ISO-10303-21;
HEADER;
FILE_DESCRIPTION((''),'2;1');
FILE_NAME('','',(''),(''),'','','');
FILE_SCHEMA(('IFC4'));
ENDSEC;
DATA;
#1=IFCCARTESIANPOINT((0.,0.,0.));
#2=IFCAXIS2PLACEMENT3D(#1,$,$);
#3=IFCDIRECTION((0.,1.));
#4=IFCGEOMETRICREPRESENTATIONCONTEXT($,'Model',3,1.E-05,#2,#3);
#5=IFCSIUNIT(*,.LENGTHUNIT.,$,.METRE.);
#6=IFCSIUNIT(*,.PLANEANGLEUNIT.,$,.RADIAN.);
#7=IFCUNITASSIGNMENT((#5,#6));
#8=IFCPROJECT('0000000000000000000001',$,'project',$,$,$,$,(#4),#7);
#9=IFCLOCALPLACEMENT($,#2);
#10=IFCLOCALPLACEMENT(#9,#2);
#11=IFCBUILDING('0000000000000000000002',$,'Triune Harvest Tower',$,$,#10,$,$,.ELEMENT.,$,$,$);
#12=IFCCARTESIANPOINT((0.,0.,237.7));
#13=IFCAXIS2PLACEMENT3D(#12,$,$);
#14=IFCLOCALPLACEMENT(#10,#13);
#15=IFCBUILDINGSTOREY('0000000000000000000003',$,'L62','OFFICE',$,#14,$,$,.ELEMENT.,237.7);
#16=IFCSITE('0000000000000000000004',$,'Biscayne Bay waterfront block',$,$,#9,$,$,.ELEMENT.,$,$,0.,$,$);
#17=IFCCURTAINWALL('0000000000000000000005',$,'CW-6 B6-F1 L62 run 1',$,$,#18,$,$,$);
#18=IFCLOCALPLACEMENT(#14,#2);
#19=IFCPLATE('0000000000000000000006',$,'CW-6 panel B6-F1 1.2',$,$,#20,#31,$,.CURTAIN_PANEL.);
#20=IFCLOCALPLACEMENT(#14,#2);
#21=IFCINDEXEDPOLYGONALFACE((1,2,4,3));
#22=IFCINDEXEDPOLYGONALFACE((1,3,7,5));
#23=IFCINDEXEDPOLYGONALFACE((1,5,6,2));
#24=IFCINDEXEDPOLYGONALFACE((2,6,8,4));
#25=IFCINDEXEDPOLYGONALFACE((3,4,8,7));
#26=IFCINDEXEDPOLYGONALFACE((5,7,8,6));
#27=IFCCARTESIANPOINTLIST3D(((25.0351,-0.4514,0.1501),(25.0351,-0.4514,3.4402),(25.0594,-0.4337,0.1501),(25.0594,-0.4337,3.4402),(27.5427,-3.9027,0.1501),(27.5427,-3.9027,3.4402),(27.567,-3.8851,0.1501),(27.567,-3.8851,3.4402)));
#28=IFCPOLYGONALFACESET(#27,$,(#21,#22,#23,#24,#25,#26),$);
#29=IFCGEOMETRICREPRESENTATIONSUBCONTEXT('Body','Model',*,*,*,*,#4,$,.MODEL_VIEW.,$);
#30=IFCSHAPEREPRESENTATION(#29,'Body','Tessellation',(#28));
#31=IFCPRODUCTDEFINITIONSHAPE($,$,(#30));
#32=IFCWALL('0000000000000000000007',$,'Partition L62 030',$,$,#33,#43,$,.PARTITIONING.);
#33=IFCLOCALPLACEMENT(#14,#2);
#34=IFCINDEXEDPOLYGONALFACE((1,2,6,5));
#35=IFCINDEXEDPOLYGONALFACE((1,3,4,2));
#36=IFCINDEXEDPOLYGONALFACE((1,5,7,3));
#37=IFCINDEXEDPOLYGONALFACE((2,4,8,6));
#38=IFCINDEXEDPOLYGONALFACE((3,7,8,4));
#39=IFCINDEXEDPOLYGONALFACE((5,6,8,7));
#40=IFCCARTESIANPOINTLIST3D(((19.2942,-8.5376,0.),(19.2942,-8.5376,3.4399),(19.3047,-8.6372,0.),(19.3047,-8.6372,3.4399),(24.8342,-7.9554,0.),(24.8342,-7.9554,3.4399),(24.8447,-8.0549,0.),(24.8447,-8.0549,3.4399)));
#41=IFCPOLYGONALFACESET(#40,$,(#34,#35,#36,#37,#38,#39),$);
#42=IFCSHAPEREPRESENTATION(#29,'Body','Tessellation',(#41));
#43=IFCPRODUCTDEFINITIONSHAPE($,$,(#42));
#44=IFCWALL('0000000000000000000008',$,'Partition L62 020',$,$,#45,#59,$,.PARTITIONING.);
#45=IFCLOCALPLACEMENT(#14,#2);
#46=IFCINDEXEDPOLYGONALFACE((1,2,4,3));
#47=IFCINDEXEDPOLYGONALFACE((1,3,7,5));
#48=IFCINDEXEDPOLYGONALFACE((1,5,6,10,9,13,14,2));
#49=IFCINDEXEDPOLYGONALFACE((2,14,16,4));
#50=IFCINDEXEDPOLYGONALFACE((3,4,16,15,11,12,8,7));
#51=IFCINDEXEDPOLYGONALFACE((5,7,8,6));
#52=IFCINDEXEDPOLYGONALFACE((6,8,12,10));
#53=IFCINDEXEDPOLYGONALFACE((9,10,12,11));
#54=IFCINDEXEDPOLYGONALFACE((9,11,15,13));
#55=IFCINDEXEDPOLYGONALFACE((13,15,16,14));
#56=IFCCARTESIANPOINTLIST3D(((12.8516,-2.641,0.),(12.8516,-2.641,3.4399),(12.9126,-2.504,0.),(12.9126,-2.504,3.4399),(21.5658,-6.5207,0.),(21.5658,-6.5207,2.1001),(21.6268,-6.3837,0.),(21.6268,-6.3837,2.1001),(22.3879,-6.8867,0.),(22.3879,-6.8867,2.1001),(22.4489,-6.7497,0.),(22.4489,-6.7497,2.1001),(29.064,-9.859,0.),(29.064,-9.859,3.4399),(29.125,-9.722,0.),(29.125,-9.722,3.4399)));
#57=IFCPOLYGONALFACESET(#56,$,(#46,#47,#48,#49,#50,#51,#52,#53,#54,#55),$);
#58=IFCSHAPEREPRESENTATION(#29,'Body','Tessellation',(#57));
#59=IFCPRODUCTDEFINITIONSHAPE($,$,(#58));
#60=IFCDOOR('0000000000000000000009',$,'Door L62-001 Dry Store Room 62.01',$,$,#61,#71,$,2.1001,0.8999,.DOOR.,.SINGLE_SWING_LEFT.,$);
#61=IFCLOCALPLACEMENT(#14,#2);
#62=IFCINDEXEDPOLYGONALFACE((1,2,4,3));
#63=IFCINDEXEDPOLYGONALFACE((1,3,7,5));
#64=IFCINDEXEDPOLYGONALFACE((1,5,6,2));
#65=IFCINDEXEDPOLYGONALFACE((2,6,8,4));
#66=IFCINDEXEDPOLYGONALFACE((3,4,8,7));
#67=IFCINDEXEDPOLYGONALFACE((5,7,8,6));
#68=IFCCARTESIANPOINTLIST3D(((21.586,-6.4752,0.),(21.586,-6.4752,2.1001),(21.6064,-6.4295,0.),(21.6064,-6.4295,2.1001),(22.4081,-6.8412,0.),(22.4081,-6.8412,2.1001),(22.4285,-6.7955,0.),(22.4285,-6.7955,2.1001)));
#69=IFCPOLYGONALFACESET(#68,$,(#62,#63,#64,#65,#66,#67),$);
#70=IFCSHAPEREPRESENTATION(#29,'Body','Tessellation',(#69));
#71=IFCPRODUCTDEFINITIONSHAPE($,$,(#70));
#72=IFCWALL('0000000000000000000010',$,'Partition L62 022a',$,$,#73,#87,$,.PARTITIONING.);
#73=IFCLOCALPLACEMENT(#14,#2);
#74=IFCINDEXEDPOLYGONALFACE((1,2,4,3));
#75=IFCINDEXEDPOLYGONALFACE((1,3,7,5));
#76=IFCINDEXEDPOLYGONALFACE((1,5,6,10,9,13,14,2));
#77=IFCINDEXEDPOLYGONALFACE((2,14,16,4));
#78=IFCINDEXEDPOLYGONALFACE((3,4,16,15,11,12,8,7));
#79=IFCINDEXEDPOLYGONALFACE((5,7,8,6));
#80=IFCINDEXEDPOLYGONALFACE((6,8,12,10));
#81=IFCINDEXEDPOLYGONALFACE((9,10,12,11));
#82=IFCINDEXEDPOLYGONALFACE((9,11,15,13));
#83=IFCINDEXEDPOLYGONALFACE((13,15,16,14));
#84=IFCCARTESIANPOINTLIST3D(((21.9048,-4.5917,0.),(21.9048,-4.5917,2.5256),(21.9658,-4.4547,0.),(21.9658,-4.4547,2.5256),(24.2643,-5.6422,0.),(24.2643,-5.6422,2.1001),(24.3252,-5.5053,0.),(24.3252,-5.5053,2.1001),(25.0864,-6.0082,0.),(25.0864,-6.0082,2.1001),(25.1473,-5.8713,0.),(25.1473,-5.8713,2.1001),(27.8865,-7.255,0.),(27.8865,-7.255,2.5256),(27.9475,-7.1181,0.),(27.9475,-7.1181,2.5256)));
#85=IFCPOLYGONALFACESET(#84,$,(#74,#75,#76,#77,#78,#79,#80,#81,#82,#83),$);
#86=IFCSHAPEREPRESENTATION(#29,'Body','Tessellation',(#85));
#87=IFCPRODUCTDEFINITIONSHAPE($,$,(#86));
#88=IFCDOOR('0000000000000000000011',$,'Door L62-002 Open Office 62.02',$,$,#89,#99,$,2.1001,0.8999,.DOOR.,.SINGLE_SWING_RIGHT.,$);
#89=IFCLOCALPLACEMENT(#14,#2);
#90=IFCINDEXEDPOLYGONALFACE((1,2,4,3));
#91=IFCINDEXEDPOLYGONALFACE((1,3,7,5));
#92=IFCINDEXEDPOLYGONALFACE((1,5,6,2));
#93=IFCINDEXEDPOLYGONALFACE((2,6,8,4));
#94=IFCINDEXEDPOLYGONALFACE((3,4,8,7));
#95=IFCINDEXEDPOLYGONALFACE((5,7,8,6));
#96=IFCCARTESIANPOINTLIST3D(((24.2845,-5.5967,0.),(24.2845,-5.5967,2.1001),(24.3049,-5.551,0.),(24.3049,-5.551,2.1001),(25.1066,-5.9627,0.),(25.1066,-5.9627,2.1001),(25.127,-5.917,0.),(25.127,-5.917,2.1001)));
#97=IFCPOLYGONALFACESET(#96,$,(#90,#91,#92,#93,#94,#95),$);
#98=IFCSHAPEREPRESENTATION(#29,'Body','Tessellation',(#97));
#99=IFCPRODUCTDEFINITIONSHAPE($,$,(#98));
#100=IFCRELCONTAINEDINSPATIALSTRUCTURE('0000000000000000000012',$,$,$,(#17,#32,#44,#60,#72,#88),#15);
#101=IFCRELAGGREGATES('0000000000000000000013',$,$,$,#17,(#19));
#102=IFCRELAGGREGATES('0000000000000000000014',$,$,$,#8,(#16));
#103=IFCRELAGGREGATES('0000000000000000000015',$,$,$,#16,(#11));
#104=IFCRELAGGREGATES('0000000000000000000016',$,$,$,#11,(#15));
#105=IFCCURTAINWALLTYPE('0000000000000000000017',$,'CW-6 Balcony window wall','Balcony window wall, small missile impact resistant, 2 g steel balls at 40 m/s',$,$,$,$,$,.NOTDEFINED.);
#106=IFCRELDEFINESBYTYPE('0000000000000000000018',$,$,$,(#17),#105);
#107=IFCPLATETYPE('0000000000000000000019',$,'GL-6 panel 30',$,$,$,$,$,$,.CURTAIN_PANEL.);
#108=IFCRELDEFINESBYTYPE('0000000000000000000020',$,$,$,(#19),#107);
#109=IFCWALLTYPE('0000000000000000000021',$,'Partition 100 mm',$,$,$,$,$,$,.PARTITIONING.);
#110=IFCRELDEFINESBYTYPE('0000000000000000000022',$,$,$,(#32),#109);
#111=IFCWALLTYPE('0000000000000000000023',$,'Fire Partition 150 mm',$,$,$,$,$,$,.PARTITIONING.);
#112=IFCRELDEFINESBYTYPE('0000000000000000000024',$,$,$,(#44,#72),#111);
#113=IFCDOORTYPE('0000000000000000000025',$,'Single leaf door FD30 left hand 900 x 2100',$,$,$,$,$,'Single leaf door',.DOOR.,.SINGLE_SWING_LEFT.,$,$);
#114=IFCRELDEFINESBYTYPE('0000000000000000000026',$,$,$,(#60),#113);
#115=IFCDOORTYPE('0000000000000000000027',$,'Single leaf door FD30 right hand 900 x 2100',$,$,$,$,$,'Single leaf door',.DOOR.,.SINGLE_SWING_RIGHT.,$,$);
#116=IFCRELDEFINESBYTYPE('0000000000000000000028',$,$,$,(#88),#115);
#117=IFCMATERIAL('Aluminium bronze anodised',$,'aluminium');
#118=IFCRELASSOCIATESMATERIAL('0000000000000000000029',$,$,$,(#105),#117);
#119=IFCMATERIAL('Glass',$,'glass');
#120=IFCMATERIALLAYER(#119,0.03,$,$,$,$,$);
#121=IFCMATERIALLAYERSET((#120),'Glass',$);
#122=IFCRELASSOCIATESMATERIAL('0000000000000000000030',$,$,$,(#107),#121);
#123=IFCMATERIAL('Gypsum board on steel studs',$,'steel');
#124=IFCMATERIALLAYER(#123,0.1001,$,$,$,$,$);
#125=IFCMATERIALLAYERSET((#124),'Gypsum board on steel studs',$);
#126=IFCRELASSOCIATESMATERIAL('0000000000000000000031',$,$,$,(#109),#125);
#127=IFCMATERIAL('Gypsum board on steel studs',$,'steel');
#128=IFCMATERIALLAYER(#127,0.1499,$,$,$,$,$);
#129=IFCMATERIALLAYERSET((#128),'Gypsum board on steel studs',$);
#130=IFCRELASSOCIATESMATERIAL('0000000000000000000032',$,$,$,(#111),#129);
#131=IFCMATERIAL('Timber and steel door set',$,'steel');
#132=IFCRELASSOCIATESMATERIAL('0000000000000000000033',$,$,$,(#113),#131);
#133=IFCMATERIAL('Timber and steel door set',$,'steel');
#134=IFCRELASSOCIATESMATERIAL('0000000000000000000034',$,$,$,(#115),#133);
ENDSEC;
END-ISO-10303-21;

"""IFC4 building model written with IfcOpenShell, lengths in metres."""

from ifc_helpers import new_model, si_unit, direction, frame, frame_2d, origin, origin_2d, place, context, subcontext, project, spatial, rectangle, extrude, source, transform, mapped, material, layer, layer_set, type_object, element, fill, aggregate, save


model = new_model("IFC4")

# Units and contexts
model_context = context("Model", 3, precision=1e-05, world=origin(), true_north=direction((0.0, 1.0)))
body_context = subcontext(model_context, "Body", "Model", "MODEL_VIEW")
ifc_project = project(units=[si_unit("LENGTHUNIT", "METRE"), si_unit("PLANEANGLEUNIT", "RADIAN")], contexts=[model_context])

# Site, building, storey
site_placement = place(None, origin())
site = spatial("IfcSite", under=ifc_project, at=site_placement, Name="Biscayne Bay waterfront block", CompositionType="ELEMENT", RefElevation=0.0)
building_placement = place(site_placement, origin())
building = spatial("IfcBuilding", under=site, at=building_placement, Name="Triune Harvest Tower", CompositionType="ELEMENT")
storey_placement = place(building_placement, frame((0.0, 0.0, 237.7)))
storey = spatial("IfcBuildingStorey", under=building, at=storey_placement, Name="L62", Description="OFFICE", CompositionType="ELEMENT", Elevation=237.7)

# Curtain wall
ifc_material_1 = material(Name="Aluminium bronze anodised", Category="aluminium")
curtain_wall_type_1 = type_object("IfcCurtainWallType", Name="CW-6 Balcony window wall", Description="Balcony window wall, small missile impact resistant, 2 g steel balls at 40 m/s", PredefinedType="NOTDEFINED", material=ifc_material_1)
curtain_wall_1_placement = place(storey_placement, origin())
curtain_wall_1 = element("IfcCurtainWall", 1, at=curtain_wall_1_placement, inside=storey, type_object=curtain_wall_type_1, Name="CW-6 B6-F1 L62 run 1")

# Plate
ifc_material_2 = material(Name="Glass", Category="glass")
ifc_layer_1 = layer(ifc_material_2, 0.03)
ifc_layer_set_1 = layer_set([ifc_layer_1], Name="Glass")
plate_type_1 = type_object("IfcPlateType", Name="GL-6 panel 30", PredefinedType="CURTAIN_PANEL", material=ifc_layer_set_1)
shared_shape_1 = source(origin(), body_context, "Body", "SweptSolid", [
    extrude(rectangle(XDim=4.2661, YDim=0.03, at=origin_2d()), origin(), (0.0, 0.0, 1.0), 3.29),
])
plate_1_placement = place(storey_placement, frame((26.301, -2.1682, 0.1501), z_axis=(0.0, 0.0, 1.0), x_axis=(-0.587787, 0.809015, 0.0)))
plate_1 = element("IfcPlate", 2, at=plate_1_placement, type_object=plate_type_1, Name="CW-6 panel B6-F1 1.2", PredefinedType="CURTAIN_PANEL", context=body_context, shape_type="MappedRepresentation", body=[
    mapped(shared_shape_1, transform((0.0, 0.0, 0.0), scale=1.0)),
])
aggregate(curtain_wall_1, [plate_1])

# Wall
ifc_material_3 = material(Name="Gypsum board on steel studs", Category="steel")
ifc_layer_2 = layer(ifc_material_3, 0.1001)
ifc_layer_set_2 = layer_set([ifc_layer_2], Name="Gypsum board on steel studs")
wall_type_1 = type_object("IfcWallType", Name="Partition 100 mm", PredefinedType="PARTITIONING", material=ifc_layer_set_2)
wall_1_placement = place(storey_placement, frame((19.2996, -8.5874, 0.0), z_axis=(0.0, 0.0, 1.0), x_axis=(0.994522, 0.104527, 0.0)))
element("IfcWall", 3, at=wall_1_placement, inside=storey, type_object=wall_type_1, Name="Partition L62 030", PredefinedType="PARTITIONING", context=body_context, shape_type="SweptSolid", body=[
    extrude(rectangle(XDim=5.5706, YDim=0.1001, at=frame_2d((2.7852, 0.0))), origin(), (0.0, 0.0, 1.0), 3.4399),
])

# Walls, openings, doors
ifc_material_4 = material(Name="Gypsum board on steel studs", Category="steel")
ifc_layer_3 = layer(ifc_material_4, 0.1499)
ifc_layer_set_3 = layer_set([ifc_layer_3], Name="Gypsum board on steel studs")
wall_type_2 = type_object("IfcWallType", Name="Fire Partition 150 mm", PredefinedType="PARTITIONING", material=ifc_layer_set_3)
shared_shape_2 = source(origin(), body_context, "Body", "SweptSolid", [
    extrude(rectangle(XDim=17.7466, YDim=0.1499, at=frame_2d((8.8733, 0.0))), origin(), (0.0, 0.0, 1.0), 3.4399),
])
wall_2_placement = place(storey_placement, frame((12.8821, -2.5725, 0.0), z_axis=(0.0, 0.0, 1.0), x_axis=(0.91355, -0.406727, 0.0)))
wall_2 = element("IfcWall", 4, at=wall_2_placement, inside=storey, type_object=wall_type_2, Name="Partition L62 020", PredefinedType="PARTITIONING", context=body_context, shape_type="MappedRepresentation", body=[
    mapped(shared_shape_2, transform((0.0, 0.0, 0.0), scale=1.0)),
])
opening_1_placement = place(wall_2_placement, frame((9.5388, 0.0, 0.0)))
opening_1 = element("IfcOpeningElement", 5, at=opening_1_placement, cuts=wall_2, PredefinedType="OPENING", context=body_context, shape_type="SweptSolid", body=[
    extrude(rectangle(XDim=0.8999, YDim=2.1001, at=frame_2d((0.45, 1.05))), frame((0.0, 0.085, 0.0), z_axis=(0.0, -1.0, 0.0), x_axis=(1.0, 0.0, 0.0)), (0.0, 0.0, 1.0), 0.1699),
])
ifc_material_5 = material(Name="Timber and steel door set", Category="steel")
door_type_1 = type_object("IfcDoorType", Name="Single leaf door FD30 left hand 900 x 2100", ElementType="Single leaf door", OperationType="SINGLE_SWING_LEFT", PredefinedType="DOOR", material=ifc_material_5)
door_1_placement = place(opening_1_placement, origin())
door_1 = element("IfcDoor", 6, at=door_1_placement, inside=storey, type_object=door_type_1, Name="Door L62-001 Dry Store Room 62.01", OperationType="SINGLE_SWING_LEFT", OverallHeight=2.1001, OverallWidth=0.8999, PredefinedType="DOOR", context=body_context, shape_type="SweptSolid", body=[
    extrude(rectangle(XDim=0.8999, YDim=2.1001, at=frame_2d((0.45, 1.05))), frame((0.0, 0.0249, 0.0), z_axis=(0.0, -1.0, 0.0), x_axis=(1.0, 0.0, 0.0)), (0.0, 0.0, 1.0), 0.05),
])
fill(opening_1, door_1)
shared_shape_3 = source(origin(), body_context, "Body", "SweptSolid", [
    extrude(rectangle(XDim=6.5479, YDim=0.1499, at=frame_2d((3.2739, 0.0))), origin(), (0.0, 0.0, 1.0), 2.5256),
])
wall_3_placement = place(storey_placement, frame((21.9353, -4.5232, 0.0), z_axis=(0.0, 0.0, 1.0), x_axis=(0.913539, -0.406751, 0.0)))
wall_3 = element("IfcWall", 7, at=wall_3_placement, inside=storey, type_object=wall_type_2, Name="Partition L62 022a", PredefinedType="PARTITIONING", context=body_context, shape_type="MappedRepresentation", body=[
    mapped(shared_shape_3, transform((0.0, 0.0, 0.0), scale=1.0)),
])
opening_2_placement = place(wall_3_placement, frame((2.5828, 0.0, 0.0)))
opening_2 = element("IfcOpeningElement", 8, at=opening_2_placement, cuts=wall_3, PredefinedType="OPENING", context=body_context, shape_type="SweptSolid", body=[
    extrude(rectangle(XDim=0.8999, YDim=2.1001, at=frame_2d((0.45, 1.05))), frame((0.0, 0.085, 0.0), z_axis=(0.0, -1.0, 0.0), x_axis=(1.0, 0.0, 0.0)), (0.0, 0.0, 1.0), 0.1699),
])
ifc_material_6 = material(Name="Timber and steel door set", Category="steel")
door_type_2 = type_object("IfcDoorType", Name="Single leaf door FD30 right hand 900 x 2100", ElementType="Single leaf door", OperationType="SINGLE_SWING_RIGHT", PredefinedType="DOOR", material=ifc_material_6)
door_2_placement = place(opening_2_placement, origin())
door_2 = element("IfcDoor", 9, at=door_2_placement, inside=storey, type_object=door_type_2, Name="Door L62-002 Open Office 62.02", OperationType="SINGLE_SWING_RIGHT", OverallHeight=2.1001, OverallWidth=0.8999, PredefinedType="DOOR", context=body_context, shape_type="SweptSolid", body=[
    extrude(rectangle(XDim=0.8999, YDim=2.1001, at=frame_2d((0.45, 1.05))), frame((0.0, 0.0249, 0.0), z_axis=(0.0, -1.0, 0.0), x_axis=(1.0, 0.0, 0.0)), (0.0, 0.0, 1.0), 0.05),
])
fill(opening_2, door_2)

save(model, "model.ifc")
